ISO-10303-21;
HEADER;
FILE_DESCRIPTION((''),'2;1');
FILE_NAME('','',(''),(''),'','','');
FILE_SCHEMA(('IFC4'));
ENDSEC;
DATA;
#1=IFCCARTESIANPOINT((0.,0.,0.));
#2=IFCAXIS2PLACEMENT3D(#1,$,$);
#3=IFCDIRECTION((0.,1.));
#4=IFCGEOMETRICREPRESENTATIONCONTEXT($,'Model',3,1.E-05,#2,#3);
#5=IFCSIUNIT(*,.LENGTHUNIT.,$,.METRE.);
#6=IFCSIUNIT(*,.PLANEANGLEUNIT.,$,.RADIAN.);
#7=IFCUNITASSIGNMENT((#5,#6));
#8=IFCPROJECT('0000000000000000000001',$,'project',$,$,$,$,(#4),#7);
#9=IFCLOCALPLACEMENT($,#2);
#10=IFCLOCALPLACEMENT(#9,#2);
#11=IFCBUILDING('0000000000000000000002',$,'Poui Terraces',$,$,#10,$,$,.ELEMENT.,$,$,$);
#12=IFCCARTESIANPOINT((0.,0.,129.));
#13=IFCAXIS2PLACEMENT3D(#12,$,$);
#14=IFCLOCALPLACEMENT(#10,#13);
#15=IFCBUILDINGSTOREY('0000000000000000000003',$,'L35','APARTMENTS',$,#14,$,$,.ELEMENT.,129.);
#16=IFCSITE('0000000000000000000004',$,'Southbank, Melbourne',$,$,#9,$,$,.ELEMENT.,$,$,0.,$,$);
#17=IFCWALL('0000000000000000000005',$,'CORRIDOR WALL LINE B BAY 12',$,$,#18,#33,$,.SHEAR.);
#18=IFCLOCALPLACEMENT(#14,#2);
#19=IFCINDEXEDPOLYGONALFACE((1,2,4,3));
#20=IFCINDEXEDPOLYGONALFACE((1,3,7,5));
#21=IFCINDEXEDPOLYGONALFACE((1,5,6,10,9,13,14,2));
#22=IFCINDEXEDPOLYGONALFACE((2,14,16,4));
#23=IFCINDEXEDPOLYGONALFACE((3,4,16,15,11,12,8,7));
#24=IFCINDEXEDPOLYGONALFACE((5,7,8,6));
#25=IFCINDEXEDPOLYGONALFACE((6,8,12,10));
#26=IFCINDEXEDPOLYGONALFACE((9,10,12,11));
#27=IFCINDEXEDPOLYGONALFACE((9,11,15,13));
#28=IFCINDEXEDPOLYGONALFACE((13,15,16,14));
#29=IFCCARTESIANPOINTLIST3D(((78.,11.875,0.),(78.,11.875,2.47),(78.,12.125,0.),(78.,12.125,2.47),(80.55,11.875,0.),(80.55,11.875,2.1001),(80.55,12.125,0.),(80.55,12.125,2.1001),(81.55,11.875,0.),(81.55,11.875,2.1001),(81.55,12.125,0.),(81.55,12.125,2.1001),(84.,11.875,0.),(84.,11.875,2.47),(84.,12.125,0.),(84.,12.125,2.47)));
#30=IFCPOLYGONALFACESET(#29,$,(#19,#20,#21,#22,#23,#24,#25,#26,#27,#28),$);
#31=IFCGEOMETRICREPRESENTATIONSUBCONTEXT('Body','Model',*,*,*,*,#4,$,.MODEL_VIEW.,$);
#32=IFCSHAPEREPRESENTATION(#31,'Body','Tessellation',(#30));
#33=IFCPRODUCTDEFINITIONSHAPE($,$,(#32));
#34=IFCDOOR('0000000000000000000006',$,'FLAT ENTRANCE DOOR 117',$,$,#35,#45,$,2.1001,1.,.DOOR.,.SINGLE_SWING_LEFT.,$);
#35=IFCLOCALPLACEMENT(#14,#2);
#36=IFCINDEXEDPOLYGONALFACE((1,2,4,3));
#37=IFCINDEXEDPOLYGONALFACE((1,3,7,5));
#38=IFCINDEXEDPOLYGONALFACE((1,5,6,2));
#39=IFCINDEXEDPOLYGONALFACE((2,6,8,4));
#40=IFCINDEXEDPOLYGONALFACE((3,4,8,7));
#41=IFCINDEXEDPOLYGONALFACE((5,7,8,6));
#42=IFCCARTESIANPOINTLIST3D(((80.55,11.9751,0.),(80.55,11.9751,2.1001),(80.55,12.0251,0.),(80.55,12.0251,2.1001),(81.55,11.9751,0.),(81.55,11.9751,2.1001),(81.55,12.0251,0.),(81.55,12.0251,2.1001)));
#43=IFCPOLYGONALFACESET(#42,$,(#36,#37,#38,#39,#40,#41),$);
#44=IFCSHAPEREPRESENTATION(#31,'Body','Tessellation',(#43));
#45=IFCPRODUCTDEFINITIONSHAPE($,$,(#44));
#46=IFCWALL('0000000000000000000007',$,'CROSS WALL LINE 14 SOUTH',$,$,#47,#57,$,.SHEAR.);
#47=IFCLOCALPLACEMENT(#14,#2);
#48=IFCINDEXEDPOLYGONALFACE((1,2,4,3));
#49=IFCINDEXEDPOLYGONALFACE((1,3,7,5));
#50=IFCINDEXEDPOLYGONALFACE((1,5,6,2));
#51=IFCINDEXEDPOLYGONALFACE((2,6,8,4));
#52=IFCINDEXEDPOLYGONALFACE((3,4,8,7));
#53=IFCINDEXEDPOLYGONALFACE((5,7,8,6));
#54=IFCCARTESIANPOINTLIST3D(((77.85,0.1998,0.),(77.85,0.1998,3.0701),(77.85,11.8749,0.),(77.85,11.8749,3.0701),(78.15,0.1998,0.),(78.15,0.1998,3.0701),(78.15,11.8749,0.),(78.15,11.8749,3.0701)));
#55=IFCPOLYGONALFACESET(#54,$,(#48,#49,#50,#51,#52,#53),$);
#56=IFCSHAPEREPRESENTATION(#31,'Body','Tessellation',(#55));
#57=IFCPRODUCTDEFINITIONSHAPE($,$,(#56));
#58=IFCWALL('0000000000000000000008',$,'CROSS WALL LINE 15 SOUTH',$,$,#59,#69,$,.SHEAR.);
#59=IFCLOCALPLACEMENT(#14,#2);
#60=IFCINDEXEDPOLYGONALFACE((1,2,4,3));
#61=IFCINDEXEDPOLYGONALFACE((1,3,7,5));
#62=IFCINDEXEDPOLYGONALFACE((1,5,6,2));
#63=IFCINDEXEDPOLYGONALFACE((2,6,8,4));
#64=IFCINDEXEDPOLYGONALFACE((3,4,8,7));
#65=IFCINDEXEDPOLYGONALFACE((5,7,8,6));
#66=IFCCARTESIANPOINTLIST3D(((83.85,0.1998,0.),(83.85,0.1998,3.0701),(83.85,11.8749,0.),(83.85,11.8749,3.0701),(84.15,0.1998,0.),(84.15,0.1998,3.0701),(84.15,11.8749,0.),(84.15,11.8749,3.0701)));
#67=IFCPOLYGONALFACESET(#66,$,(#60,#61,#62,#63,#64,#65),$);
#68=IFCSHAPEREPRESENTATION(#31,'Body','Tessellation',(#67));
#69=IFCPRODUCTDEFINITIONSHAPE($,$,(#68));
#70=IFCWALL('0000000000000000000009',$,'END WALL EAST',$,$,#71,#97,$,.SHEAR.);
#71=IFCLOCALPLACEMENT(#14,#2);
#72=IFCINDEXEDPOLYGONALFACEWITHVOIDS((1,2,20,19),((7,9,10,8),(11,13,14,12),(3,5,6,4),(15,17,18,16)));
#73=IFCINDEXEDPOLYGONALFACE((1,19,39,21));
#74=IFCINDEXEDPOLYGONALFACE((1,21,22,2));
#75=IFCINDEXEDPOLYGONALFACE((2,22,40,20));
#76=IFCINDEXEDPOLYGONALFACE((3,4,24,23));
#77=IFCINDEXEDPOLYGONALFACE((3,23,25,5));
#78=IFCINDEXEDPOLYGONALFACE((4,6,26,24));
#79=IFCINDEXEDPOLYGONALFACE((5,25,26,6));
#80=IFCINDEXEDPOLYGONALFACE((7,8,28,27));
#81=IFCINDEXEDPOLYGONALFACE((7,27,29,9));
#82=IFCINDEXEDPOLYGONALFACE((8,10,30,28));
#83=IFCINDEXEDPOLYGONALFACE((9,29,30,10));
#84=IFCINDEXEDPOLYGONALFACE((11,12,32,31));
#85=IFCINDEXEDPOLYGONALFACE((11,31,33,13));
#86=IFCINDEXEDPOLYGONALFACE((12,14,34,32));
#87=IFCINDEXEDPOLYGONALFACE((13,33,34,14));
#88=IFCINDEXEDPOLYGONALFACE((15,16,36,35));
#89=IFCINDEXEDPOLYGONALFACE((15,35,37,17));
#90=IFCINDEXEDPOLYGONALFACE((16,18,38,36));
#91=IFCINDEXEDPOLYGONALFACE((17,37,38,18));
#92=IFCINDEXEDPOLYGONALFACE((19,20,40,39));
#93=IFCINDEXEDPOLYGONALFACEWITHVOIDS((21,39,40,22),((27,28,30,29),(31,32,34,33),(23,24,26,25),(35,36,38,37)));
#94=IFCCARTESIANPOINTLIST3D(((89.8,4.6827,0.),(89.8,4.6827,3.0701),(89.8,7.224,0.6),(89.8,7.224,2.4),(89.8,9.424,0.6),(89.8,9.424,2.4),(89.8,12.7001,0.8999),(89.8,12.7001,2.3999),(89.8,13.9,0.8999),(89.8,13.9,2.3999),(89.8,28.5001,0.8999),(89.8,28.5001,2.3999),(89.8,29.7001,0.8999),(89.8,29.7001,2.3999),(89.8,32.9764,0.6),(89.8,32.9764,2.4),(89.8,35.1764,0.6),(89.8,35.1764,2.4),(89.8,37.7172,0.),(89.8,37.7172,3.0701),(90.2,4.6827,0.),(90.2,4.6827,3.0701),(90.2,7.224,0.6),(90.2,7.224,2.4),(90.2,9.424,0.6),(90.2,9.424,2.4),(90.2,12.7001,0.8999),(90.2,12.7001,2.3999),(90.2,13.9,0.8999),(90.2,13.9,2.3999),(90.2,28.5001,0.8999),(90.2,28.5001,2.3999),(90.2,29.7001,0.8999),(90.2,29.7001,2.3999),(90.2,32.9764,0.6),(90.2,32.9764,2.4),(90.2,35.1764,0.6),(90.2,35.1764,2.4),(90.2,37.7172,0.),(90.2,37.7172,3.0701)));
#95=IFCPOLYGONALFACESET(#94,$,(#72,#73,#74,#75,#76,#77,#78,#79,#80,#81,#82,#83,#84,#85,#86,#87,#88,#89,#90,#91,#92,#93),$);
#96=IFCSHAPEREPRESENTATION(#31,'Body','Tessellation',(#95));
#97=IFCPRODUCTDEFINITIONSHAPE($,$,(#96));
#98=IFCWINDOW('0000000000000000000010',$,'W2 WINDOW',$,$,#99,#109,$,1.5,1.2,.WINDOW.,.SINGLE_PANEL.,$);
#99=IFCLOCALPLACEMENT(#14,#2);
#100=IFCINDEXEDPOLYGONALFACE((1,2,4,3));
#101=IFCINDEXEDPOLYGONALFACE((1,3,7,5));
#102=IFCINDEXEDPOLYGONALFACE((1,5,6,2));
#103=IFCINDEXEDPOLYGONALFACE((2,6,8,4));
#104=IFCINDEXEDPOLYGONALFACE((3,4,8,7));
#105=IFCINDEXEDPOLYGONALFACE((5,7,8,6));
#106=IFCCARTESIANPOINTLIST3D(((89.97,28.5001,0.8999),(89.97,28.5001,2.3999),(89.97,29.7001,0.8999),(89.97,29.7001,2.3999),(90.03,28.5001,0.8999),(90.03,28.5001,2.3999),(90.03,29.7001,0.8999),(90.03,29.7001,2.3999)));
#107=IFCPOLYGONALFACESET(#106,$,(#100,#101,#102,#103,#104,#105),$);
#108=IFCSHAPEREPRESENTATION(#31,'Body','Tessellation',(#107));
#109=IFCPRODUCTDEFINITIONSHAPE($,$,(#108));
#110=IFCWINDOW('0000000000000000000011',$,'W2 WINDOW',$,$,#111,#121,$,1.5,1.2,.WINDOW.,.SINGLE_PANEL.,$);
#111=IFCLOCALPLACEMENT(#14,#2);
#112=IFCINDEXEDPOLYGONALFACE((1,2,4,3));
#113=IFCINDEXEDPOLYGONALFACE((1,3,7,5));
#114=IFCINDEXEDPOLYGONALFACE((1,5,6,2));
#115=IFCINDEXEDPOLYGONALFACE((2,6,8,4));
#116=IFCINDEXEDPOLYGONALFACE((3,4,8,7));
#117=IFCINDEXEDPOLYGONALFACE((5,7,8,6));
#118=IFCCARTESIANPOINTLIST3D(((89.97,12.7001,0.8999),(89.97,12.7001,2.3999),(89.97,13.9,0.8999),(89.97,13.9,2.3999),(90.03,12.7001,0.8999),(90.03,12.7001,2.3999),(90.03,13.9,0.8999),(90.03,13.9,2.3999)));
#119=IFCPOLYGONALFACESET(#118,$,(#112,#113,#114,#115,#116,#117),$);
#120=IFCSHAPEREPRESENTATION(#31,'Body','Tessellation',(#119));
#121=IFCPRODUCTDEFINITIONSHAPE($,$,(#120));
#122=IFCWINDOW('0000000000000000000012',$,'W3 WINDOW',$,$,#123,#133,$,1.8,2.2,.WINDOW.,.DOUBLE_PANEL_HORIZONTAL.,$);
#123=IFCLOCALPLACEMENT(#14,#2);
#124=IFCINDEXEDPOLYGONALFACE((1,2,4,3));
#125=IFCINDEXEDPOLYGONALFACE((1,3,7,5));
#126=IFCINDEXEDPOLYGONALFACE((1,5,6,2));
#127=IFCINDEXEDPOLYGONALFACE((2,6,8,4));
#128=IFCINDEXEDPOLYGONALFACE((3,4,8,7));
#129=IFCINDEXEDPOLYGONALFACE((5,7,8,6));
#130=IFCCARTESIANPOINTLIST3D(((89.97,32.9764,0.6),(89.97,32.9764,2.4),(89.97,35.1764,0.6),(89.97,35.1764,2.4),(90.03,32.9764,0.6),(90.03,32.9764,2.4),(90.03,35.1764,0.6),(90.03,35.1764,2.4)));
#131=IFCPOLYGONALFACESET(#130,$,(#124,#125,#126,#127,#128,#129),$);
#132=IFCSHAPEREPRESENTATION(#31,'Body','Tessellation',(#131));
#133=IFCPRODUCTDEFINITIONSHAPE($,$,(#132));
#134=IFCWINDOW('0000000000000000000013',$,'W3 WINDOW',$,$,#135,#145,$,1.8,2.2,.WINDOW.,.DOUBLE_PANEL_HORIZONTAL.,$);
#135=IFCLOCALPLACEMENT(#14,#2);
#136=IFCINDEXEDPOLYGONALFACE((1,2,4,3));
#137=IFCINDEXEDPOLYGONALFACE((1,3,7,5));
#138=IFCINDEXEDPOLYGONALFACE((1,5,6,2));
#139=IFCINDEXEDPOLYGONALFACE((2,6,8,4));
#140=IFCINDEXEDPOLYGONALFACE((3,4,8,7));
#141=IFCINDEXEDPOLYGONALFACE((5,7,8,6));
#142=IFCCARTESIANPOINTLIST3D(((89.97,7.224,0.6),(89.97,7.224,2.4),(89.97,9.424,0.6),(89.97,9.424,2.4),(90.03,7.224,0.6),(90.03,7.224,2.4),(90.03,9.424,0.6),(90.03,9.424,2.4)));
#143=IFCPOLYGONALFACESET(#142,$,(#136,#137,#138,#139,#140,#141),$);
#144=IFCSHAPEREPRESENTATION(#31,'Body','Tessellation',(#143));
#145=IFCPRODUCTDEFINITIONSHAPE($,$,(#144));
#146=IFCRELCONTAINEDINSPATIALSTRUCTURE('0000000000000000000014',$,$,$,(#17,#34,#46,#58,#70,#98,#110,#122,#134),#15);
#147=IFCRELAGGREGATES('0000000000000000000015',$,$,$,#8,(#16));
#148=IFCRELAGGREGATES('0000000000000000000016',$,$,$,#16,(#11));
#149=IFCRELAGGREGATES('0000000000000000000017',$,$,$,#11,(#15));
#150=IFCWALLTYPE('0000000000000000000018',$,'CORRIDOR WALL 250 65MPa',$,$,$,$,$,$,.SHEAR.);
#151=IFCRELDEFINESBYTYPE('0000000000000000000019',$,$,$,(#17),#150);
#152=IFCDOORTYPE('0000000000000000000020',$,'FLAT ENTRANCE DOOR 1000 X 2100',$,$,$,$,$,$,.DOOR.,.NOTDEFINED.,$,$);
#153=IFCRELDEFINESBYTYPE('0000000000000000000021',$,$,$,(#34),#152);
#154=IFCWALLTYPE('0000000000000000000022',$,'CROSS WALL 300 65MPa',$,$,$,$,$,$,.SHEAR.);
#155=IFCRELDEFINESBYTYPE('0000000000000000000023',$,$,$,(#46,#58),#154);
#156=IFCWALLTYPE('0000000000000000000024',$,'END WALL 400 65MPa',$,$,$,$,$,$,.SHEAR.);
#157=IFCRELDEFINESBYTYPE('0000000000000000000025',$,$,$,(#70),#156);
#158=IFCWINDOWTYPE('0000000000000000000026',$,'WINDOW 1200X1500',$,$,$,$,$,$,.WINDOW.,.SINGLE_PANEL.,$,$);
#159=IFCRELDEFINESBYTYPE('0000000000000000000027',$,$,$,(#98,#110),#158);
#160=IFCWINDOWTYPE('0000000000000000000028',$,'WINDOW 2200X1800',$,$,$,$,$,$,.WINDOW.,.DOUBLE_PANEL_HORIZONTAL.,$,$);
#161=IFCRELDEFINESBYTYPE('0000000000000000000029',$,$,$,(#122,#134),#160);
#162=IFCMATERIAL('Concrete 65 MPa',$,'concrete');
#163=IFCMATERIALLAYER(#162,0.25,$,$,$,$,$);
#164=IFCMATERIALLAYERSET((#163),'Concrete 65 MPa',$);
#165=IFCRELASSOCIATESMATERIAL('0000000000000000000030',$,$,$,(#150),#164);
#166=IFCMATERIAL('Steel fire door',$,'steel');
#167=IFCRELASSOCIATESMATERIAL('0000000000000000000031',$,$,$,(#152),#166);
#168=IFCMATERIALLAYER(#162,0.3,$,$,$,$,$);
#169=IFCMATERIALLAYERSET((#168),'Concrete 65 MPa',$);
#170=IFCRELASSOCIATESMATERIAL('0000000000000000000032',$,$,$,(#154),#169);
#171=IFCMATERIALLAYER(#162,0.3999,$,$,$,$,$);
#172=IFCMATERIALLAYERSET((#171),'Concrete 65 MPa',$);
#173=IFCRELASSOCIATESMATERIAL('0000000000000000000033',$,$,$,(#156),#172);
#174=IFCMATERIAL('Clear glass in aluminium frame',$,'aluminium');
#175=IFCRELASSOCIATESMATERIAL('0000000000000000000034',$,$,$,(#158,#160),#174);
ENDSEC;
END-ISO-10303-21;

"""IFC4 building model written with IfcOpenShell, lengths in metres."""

from ifc_helpers import new_model, si_unit, direction, frame, frame_2d, origin, place, context, subcontext, project, spatial, rectangle, extrude, material, layer, layer_set, type_object, element, fill, save


model = new_model("IFC4")

# Units and contexts
model_context = context("Model", 3, precision=1e-05, world=origin(), true_north=direction((0.0, 1.0)))
body_context = subcontext(model_context, "Body", "Model", "MODEL_VIEW")
ifc_project = project(units=[si_unit("LENGTHUNIT", "METRE"), si_unit("PLANEANGLEUNIT", "RADIAN")], contexts=[model_context])

# Site, building, storey
site_placement = place(None, origin())
site = spatial("IfcSite", under=ifc_project, at=site_placement, Name="Southbank, Melbourne", CompositionType="ELEMENT", RefElevation=0.0)
building_placement = place(site_placement, origin())
building = spatial("IfcBuilding", under=site, at=building_placement, Name="Poui Terraces", CompositionType="ELEMENT")
storey_placement = place(building_placement, frame((0.0, 0.0, 129.0)))
storey = spatial("IfcBuildingStorey", under=building, at=storey_placement, Name="L35", Description="APARTMENTS", CompositionType="ELEMENT", Elevation=129.0)

# Wall, opening, door
ifc_material_1 = material(Name="Concrete 65 MPa", Category="concrete")
ifc_layer_1 = layer(ifc_material_1, 0.25)
ifc_layer_set_1 = layer_set([ifc_layer_1], Name="Concrete 65 MPa")
wall_type_1 = type_object("IfcWallType", Name="CORRIDOR WALL 250 65MPa", PredefinedType="SHEAR", material=ifc_layer_set_1)
wall_1_placement = place(storey_placement, frame((78.0, 12.0, 0.0), z_axis=(0.0, 0.0, 1.0), x_axis=(1.0, 0.0, 0.0)))
wall_1 = element("IfcWall", 1, at=wall_1_placement, inside=storey, type_object=wall_type_1, Name="CORRIDOR WALL LINE B BAY 12", PredefinedType="SHEAR", context=body_context, shape_type="SweptSolid", body=[
    extrude(rectangle(XDim=6.0, YDim=0.25, at=frame_2d((3.0, 0.0))), origin(), (0.0, 0.0, 1.0), 2.47),
])
opening_1_placement = place(wall_1_placement, frame((2.55, 0.0, 0.0)))
opening_1 = element("IfcOpeningElement", 2, at=opening_1_placement, cuts=wall_1, PredefinedType="OPENING", context=body_context, shape_type="SweptSolid", body=[
    extrude(rectangle(XDim=1.0, YDim=2.1001, at=frame_2d((0.5, 1.05))), frame((0.0, 0.135, 0.0), z_axis=(0.0, -1.0, 0.0), x_axis=(1.0, 0.0, 0.0)), (0.0, 0.0, 1.0), 0.27),
])
ifc_material_2 = material(Name="Steel fire door", Category="steel")
door_type_1 = type_object("IfcDoorType", Name="FLAT ENTRANCE DOOR 1000 X 2100", OperationType="NOTDEFINED", PredefinedType="DOOR", material=ifc_material_2)
door_1_placement = place(opening_1_placement, frame((1.0, 0.0, 0.0), z_axis=(0.0, 0.0, 1.0), x_axis=(-1.0, 0.0, 0.0)))
door_1 = element("IfcDoor", 3, at=door_1_placement, inside=storey, type_object=door_type_1, Name="FLAT ENTRANCE DOOR 117", OperationType="SINGLE_SWING_LEFT", OverallHeight=2.1001, OverallWidth=1.0, PredefinedType="DOOR", context=body_context, shape_type="SweptSolid", body=[
    extrude(rectangle(XDim=1.0, YDim=2.1001, at=frame_2d((0.5, 1.05))), frame((0.0, 0.0249, 0.0), z_axis=(0.0, -1.0, 0.0), x_axis=(1.0, 0.0, 0.0)), (0.0, 0.0, 1.0), 0.05),
])
fill(opening_1, door_1)

# Walls
ifc_layer_2 = layer(ifc_material_1, 0.3)
ifc_layer_set_2 = layer_set([ifc_layer_2], Name="Concrete 65 MPa")
wall_type_2 = type_object("IfcWallType", Name="CROSS WALL 300 65MPa", PredefinedType="SHEAR", material=ifc_layer_set_2)
for number, where, z_axis, x_axis, name in (
    (4, (78.0, 0.2, 0.0), (0.0, 0.0, 1.0), (0.0, 1.0, 0.0), "CROSS WALL LINE 14 SOUTH"),
    (5, (84.0, 0.2, 0.0), (0.0, 0.0, 1.0), (0.0, 1.0, 0.0), "CROSS WALL LINE 15 SOUTH"),
):
    element("IfcWall", number, at=place(storey_placement, frame(where, z_axis=z_axis, x_axis=x_axis)), inside=storey, type_object=wall_type_2, Name=name, PredefinedType="SHEAR", context=body_context, shape_type="SweptSolid", body=[
        extrude(rectangle(XDim=11.675, YDim=0.3, at=frame_2d((5.8374, 0.0))), origin(), (0.0, 0.0, 1.0), 3.0701),
    ])

# Wall, openings, windows
ifc_layer_3 = layer(ifc_material_1, 0.3999)
ifc_layer_set_3 = layer_set([ifc_layer_3], Name="Concrete 65 MPa")
wall_type_3 = type_object("IfcWallType", Name="END WALL 400 65MPa", PredefinedType="SHEAR", material=ifc_layer_set_3)
wall_2_placement = place(storey_placement, frame((90.0, 4.6829, 0.0), z_axis=(0.0, 0.0, 1.0), x_axis=(0.0, 1.0, 0.0)))
wall_2 = element("IfcWall", 6, at=wall_2_placement, inside=storey, type_object=wall_type_3, Name="END WALL EAST", PredefinedType="SHEAR", context=body_context, shape_type="SweptSolid", body=[
    extrude(rectangle(XDim=33.0344, YDim=0.3999, at=frame_2d((16.5171, 0.0))), origin(), (0.0, 0.0, 1.0), 3.0701),
])
opening_2_placement = place(wall_2_placement, frame((23.8171, 0.0, 0.8999)))
opening_2 = element("IfcOpeningElement", 7, at=opening_2_placement, cuts=wall_2, PredefinedType="OPENING", context=body_context, shape_type="SweptSolid", body=[
    extrude(rectangle(XDim=1.2, YDim=1.5, at=frame_2d((0.6001, 0.75))), frame((0.0, 0.21, 0.0), z_axis=(0.0, -1.0, 0.0), x_axis=(1.0, 0.0, 0.0)), (0.0, 0.0, 1.0), 0.4199),
])
opening_3_placement = place(wall_2_placement, frame((8.0171, 0.0, 0.8999)))
opening_3 = element("IfcOpeningElement", 8, at=opening_3_placement, cuts=wall_2, PredefinedType="OPENING", context=body_context, shape_type="SweptSolid", body=[
    extrude(rectangle(XDim=1.2, YDim=1.5, at=frame_2d((0.6001, 0.75))), frame((0.0, 0.21, 0.0), z_axis=(0.0, -1.0, 0.0), x_axis=(1.0, 0.0, 0.0)), (0.0, 0.0, 1.0), 0.4199),
])
opening_4_placement = place(wall_2_placement, frame((28.2935, 0.0, 0.6001)))
opening_4 = element("IfcOpeningElement", 9, at=opening_4_placement, cuts=wall_2, PredefinedType="OPENING", context=body_context, shape_type="SweptSolid", body=[
    extrude(rectangle(XDim=2.2, YDim=1.8, at=frame_2d((1.1001, 0.8999))), frame((0.0, 0.21, 0.0), z_axis=(0.0, -1.0, 0.0), x_axis=(1.0, 0.0, 0.0)), (0.0, 0.0, 1.0), 0.4199),
])
opening_5_placement = place(wall_2_placement, frame((2.541, 0.0, 0.6001)))
opening_5 = element("IfcOpeningElement", 10, at=opening_5_placement, cuts=wall_2, PredefinedType="OPENING", context=body_context, shape_type="SweptSolid", body=[
    extrude(rectangle(XDim=2.2, YDim=1.8, at=frame_2d((1.1001, 0.8999))), frame((0.0, 0.21, 0.0), z_axis=(0.0, -1.0, 0.0), x_axis=(1.0, 0.0, 0.0)), (0.0, 0.0, 1.0), 0.4199),
])
ifc_material_3 = material(Name="Clear glass in aluminium frame", Category="aluminium")
window_type_1 = type_object("IfcWindowType", Name="WINDOW 1200X1500", PartitioningType="SINGLE_PANEL", PredefinedType="WINDOW", material=ifc_material_3)
window_1_placement = place(opening_2_placement, origin())
window_1 = element("IfcWindow", 11, at=window_1_placement, inside=storey, type_object=window_type_1, Name="W2 WINDOW", OverallHeight=1.5, OverallWidth=1.2, PartitioningType="SINGLE_PANEL", PredefinedType="WINDOW", context=body_context, shape_type="SweptSolid", body=[
    extrude(rectangle(XDim=1.2, YDim=1.5, at=frame_2d((0.6001, 0.75))), frame((0.0, 0.03, 0.0), z_axis=(0.0, -1.0, 0.0), x_axis=(1.0, 0.0, 0.0)), (0.0, 0.0, 1.0), 0.0601),
])
fill(opening_2, window_1)
window_2_placement = place(opening_3_placement, origin())
window_2 = element("IfcWindow", 12, at=window_2_placement, inside=storey, type_object=window_type_1, Name="W2 WINDOW", OverallHeight=1.5, OverallWidth=1.2, PartitioningType="SINGLE_PANEL", PredefinedType="WINDOW", context=body_context, shape_type="SweptSolid", body=[
    extrude(rectangle(XDim=1.2, YDim=1.5, at=frame_2d((0.6001, 0.75))), frame((0.0, 0.03, 0.0), z_axis=(0.0, -1.0, 0.0), x_axis=(1.0, 0.0, 0.0)), (0.0, 0.0, 1.0), 0.0601),
])
fill(opening_3, window_2)
window_type_2 = type_object("IfcWindowType", Name="WINDOW 2200X1800", PartitioningType="DOUBLE_PANEL_HORIZONTAL", PredefinedType="WINDOW", material=ifc_material_3)
window_3_placement = place(opening_4_placement, origin())
window_3 = element("IfcWindow", 13, at=window_3_placement, inside=storey, type_object=window_type_2, Name="W3 WINDOW", OverallHeight=1.8, OverallWidth=2.2, PartitioningType="DOUBLE_PANEL_HORIZONTAL", PredefinedType="WINDOW", context=body_context, shape_type="SweptSolid", body=[
    extrude(rectangle(XDim=2.2, YDim=1.8, at=frame_2d((1.1001, 0.8999))), frame((0.0, 0.03, 0.0), z_axis=(0.0, -1.0, 0.0), x_axis=(1.0, 0.0, 0.0)), (0.0, 0.0, 1.0), 0.0601),
])
fill(opening_4, window_3)
window_4_placement = place(opening_5_placement, origin())
window_4 = element("IfcWindow", 14, at=window_4_placement, inside=storey, type_object=window_type_2, Name="W3 WINDOW", OverallHeight=1.8, OverallWidth=2.2, PartitioningType="DOUBLE_PANEL_HORIZONTAL", PredefinedType="WINDOW", context=body_context, shape_type="SweptSolid", body=[
    extrude(rectangle(XDim=2.2, YDim=1.8, at=frame_2d((1.1001, 0.8999))), frame((0.0, 0.03, 0.0), z_axis=(0.0, -1.0, 0.0), x_axis=(1.0, 0.0, 0.0)), (0.0, 0.0, 1.0), 0.0601),
])
fill(opening_5, window_4)

save(model, "model.ifc")
